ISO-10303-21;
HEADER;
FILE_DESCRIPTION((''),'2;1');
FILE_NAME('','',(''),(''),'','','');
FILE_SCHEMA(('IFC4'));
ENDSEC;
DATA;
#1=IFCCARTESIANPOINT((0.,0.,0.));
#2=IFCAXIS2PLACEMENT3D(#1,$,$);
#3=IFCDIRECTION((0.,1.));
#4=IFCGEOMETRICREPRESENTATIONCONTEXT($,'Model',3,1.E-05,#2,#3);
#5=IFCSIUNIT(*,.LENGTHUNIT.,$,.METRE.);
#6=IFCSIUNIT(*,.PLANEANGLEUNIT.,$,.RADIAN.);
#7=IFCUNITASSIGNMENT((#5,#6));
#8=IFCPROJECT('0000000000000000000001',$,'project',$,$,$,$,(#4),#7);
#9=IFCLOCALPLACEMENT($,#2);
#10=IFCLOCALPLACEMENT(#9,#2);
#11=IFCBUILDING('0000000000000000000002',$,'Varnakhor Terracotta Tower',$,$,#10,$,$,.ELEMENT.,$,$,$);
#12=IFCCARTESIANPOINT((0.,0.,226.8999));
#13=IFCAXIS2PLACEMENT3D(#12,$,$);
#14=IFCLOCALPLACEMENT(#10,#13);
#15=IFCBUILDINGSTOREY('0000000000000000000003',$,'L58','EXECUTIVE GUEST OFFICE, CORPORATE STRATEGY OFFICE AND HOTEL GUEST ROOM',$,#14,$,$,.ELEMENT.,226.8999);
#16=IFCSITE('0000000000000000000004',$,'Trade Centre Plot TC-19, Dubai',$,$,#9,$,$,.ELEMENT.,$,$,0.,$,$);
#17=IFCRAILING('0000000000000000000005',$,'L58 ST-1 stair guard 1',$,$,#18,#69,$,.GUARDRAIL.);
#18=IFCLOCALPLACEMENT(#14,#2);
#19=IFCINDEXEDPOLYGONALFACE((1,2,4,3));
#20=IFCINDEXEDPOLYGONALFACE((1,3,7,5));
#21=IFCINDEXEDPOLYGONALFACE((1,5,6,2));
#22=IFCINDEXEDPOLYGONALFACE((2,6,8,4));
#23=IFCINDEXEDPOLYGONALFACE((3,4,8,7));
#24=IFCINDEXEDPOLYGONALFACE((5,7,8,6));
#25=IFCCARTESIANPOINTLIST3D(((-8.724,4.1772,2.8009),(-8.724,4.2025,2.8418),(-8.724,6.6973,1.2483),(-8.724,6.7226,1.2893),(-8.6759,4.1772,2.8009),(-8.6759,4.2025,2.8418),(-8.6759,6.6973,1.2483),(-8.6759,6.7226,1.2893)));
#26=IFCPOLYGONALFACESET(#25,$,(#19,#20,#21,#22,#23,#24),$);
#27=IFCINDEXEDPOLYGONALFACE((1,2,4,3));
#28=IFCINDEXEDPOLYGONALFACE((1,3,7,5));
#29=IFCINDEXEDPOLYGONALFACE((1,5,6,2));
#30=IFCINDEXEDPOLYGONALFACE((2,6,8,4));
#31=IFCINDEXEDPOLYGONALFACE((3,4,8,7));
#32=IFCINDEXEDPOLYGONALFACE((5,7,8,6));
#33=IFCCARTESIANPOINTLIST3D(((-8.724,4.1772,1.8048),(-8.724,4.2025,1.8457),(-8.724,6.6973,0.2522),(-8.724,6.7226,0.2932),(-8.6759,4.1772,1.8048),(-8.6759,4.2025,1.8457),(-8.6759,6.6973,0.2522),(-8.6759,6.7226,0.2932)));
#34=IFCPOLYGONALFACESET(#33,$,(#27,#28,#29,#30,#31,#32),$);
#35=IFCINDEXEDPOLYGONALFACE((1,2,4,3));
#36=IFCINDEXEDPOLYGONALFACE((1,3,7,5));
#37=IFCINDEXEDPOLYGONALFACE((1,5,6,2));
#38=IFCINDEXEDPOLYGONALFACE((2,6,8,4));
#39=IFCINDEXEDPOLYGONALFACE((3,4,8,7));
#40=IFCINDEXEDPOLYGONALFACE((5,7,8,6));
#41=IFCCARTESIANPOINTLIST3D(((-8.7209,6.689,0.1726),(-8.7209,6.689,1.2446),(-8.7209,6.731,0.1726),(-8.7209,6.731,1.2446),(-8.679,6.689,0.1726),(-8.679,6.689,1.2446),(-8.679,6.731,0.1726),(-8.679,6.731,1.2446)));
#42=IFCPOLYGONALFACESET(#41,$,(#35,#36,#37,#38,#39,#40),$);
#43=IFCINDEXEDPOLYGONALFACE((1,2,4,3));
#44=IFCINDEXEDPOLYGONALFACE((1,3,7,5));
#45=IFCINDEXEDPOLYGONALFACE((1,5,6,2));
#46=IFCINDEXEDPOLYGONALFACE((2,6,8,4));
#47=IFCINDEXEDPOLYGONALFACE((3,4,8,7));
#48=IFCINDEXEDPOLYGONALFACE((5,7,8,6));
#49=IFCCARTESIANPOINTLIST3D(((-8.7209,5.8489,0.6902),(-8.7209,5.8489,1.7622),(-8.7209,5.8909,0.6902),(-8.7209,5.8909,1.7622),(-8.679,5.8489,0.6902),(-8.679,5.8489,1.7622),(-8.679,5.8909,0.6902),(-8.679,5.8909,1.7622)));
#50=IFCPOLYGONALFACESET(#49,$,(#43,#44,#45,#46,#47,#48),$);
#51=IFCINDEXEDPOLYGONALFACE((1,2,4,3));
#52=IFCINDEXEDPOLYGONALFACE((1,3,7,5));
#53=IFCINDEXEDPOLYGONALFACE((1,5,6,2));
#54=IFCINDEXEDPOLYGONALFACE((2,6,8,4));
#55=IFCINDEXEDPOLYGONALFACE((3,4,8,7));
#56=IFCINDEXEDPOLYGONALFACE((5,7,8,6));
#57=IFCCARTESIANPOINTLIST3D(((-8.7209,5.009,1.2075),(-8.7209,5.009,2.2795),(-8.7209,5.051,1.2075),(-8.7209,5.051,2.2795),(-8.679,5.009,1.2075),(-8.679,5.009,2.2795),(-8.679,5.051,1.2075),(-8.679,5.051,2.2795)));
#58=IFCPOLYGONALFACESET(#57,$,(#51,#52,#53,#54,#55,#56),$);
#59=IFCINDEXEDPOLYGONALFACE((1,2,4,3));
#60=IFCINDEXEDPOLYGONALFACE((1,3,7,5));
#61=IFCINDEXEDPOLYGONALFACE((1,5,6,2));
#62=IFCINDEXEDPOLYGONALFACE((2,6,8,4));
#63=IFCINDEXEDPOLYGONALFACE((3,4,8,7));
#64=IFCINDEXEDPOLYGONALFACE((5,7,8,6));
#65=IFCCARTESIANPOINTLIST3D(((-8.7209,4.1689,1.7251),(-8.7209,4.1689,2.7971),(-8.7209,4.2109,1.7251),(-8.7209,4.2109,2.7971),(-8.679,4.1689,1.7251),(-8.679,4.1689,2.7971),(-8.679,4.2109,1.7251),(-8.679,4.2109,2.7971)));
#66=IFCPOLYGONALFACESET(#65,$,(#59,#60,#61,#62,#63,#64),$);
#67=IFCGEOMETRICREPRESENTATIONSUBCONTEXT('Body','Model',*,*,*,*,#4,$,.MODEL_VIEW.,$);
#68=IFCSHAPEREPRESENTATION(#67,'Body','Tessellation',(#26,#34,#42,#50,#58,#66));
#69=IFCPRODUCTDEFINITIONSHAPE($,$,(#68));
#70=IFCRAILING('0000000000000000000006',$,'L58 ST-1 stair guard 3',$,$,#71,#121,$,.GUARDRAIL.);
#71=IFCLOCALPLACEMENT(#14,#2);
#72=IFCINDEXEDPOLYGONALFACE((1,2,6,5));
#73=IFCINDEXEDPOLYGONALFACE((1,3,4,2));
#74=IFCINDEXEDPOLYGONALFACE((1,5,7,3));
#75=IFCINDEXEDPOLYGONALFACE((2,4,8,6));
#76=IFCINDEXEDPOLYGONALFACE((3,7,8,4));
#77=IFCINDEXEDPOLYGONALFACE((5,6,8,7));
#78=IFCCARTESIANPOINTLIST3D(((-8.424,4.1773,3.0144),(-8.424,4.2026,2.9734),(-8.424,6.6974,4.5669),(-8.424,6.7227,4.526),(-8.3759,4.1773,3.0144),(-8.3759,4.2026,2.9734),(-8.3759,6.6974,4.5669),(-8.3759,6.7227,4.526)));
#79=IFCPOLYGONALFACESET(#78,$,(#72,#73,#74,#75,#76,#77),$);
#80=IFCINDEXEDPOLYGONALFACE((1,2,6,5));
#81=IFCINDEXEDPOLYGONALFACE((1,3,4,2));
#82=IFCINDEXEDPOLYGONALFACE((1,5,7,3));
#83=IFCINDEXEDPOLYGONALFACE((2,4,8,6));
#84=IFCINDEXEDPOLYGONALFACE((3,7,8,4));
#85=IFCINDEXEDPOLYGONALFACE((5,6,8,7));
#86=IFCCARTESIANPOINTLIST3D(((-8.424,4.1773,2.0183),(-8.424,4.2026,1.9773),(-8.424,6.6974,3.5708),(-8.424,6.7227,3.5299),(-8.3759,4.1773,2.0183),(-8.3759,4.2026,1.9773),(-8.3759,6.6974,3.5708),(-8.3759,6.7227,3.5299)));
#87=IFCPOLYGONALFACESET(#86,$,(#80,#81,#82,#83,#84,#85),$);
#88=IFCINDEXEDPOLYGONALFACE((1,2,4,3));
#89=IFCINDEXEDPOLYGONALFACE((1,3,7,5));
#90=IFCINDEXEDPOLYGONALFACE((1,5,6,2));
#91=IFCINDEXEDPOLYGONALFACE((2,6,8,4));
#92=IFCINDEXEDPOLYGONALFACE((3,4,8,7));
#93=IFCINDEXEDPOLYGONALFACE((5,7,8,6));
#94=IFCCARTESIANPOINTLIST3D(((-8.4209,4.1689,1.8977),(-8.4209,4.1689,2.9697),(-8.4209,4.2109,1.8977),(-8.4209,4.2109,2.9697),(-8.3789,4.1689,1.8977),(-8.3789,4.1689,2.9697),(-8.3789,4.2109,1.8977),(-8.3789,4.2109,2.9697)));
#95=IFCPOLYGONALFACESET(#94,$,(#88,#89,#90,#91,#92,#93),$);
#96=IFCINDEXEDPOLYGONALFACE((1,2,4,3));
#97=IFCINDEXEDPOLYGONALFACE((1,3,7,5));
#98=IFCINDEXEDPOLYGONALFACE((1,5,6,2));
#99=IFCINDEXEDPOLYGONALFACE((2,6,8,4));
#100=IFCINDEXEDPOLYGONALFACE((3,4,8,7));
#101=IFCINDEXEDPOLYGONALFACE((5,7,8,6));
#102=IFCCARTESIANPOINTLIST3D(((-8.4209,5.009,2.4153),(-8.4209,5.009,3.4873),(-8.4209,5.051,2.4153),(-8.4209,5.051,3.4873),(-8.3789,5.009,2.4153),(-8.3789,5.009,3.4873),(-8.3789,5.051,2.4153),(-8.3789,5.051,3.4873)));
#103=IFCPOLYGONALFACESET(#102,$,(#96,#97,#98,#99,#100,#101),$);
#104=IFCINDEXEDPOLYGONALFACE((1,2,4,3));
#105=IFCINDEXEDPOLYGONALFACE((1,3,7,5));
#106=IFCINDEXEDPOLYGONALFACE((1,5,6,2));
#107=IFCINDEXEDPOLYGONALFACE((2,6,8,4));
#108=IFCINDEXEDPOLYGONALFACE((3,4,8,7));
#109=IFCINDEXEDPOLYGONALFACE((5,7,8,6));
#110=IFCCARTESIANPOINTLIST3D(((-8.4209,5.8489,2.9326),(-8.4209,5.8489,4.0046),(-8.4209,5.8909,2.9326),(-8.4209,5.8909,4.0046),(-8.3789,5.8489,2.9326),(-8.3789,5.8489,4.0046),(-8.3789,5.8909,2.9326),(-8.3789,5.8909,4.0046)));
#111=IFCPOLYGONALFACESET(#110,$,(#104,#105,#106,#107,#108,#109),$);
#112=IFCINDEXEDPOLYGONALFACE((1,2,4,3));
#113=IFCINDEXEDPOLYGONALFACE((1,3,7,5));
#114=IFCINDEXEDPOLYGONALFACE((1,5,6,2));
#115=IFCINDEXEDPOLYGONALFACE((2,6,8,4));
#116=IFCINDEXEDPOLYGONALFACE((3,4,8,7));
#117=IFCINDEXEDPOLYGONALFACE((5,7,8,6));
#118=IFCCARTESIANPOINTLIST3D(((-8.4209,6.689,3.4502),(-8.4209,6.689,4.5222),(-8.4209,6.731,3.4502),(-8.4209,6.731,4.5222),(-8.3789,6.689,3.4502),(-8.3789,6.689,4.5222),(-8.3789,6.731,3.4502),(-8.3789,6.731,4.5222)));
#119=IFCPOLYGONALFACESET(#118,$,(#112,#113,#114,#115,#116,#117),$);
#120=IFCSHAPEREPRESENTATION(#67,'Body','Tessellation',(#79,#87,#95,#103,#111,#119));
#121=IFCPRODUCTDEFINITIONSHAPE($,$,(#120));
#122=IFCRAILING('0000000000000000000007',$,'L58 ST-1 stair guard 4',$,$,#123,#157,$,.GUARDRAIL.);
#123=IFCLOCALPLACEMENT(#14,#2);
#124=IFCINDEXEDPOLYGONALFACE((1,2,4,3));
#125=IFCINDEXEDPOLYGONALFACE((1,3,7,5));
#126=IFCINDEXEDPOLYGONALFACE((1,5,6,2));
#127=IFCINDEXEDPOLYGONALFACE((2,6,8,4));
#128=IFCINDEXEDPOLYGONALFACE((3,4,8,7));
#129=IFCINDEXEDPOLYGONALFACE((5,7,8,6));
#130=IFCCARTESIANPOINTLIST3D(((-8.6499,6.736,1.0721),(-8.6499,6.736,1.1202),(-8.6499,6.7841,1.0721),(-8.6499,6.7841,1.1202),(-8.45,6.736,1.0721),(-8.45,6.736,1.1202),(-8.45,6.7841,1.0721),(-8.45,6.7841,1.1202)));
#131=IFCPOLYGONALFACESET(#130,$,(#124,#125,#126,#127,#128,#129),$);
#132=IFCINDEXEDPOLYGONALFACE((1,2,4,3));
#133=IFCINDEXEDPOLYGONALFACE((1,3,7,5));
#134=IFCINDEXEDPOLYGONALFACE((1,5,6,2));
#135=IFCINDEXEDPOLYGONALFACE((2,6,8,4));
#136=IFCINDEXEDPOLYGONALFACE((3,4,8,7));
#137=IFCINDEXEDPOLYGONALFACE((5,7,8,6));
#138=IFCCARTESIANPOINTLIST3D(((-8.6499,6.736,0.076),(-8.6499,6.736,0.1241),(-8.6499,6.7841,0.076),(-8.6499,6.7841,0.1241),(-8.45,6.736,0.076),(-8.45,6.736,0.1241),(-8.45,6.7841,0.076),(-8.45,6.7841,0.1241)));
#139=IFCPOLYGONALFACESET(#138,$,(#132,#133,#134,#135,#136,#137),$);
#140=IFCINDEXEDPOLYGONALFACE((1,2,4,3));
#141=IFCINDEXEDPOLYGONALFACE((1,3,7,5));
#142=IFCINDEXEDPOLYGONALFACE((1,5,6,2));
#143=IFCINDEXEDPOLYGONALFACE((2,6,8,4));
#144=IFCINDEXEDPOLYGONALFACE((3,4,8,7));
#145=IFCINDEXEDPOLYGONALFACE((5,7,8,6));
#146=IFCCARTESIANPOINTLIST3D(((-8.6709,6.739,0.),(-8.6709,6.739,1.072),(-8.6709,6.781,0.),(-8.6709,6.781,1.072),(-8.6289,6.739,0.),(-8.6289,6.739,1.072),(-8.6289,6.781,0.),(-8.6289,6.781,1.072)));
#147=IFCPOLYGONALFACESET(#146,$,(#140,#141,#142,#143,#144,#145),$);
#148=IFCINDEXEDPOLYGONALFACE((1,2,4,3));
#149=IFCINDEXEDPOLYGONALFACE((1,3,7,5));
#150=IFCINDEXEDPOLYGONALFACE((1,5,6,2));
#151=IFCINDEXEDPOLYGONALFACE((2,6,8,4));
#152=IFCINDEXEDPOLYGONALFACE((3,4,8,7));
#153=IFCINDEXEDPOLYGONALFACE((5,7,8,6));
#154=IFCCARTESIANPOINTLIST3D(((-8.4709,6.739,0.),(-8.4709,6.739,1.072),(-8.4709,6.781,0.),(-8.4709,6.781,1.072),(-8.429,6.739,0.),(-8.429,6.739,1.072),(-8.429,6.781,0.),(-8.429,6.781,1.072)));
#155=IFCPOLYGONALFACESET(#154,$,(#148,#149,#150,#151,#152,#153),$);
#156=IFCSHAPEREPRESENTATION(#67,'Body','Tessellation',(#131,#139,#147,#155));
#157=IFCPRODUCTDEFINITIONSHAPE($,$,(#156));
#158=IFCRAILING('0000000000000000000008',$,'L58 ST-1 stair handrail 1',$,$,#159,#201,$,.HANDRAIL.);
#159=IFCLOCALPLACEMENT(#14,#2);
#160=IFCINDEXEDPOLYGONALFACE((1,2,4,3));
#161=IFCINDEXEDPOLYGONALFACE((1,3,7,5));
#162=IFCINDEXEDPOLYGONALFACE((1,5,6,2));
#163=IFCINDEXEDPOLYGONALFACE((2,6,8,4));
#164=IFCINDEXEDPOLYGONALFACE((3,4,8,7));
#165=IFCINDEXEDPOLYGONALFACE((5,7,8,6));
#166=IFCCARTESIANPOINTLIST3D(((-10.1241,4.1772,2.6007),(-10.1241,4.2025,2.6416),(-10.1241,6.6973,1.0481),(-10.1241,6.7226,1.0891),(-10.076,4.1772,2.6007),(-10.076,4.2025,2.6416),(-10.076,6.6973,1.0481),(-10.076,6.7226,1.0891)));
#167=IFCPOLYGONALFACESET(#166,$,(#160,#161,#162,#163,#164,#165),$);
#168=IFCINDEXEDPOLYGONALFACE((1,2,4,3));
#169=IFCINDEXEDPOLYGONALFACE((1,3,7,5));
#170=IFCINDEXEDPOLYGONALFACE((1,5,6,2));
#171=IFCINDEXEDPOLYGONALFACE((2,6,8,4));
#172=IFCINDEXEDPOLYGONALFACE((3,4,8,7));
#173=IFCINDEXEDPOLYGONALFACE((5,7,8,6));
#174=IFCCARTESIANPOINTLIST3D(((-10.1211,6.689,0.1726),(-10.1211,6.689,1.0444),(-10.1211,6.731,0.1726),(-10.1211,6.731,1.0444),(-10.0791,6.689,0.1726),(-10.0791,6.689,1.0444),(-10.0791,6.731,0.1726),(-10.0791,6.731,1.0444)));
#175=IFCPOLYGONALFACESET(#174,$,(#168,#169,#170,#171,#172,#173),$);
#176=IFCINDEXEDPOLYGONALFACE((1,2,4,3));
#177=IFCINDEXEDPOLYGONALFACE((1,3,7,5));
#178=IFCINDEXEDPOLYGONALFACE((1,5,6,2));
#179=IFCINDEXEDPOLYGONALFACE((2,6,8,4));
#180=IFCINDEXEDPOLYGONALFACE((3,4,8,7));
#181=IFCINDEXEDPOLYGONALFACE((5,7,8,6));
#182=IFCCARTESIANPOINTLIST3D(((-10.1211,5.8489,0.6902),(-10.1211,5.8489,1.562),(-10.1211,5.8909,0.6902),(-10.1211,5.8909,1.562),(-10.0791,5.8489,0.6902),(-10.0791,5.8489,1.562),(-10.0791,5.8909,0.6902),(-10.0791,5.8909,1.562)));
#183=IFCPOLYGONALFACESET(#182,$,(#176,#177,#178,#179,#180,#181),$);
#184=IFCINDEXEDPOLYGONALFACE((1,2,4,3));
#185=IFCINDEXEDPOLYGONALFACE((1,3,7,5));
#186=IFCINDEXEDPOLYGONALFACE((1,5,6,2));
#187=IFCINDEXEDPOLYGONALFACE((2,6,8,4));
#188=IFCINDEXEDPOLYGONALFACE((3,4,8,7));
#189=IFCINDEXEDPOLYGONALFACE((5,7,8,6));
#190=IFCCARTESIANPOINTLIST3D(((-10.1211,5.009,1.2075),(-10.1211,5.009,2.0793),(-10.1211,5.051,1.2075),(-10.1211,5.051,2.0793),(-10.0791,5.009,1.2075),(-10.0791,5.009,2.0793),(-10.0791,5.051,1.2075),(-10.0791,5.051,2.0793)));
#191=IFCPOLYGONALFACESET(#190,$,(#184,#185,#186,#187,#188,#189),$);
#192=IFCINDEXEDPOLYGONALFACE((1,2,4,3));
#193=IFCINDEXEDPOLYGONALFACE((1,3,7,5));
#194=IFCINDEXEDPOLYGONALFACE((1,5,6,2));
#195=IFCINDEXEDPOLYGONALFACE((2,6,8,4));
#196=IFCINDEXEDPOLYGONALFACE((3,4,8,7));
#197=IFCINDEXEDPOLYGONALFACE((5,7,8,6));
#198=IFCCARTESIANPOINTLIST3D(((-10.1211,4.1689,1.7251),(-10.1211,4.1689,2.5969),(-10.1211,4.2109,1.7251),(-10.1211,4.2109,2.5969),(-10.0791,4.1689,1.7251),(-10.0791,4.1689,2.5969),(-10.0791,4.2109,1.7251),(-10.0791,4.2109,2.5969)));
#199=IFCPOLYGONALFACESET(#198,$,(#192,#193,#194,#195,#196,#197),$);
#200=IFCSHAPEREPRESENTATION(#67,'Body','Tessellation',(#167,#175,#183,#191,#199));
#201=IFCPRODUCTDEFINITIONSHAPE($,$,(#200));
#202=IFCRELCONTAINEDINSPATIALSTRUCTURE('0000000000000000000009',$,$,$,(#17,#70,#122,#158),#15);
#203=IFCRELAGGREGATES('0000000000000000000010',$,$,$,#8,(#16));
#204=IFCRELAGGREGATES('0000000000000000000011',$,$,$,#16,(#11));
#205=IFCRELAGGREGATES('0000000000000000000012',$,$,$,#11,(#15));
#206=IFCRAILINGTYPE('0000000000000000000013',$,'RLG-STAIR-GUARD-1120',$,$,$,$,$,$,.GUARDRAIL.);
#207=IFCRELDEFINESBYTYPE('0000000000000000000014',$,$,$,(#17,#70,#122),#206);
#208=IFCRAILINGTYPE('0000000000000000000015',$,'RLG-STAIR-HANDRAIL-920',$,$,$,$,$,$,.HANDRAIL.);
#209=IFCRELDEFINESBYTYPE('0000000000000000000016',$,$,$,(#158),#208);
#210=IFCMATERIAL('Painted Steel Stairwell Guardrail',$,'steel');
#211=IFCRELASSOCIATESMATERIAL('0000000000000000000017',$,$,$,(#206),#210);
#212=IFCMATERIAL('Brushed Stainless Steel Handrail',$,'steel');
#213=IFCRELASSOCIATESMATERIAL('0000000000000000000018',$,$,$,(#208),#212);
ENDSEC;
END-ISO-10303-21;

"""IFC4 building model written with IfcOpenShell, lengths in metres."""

from ifc_helpers import new_model, si_unit, direction, frame, origin, origin_2d, place, context, subcontext, project, spatial, rectangle, extrude, material, type_object, element, save


model = new_model("IFC4")

# Units and contexts
model_context = context("Model", 3, precision=1e-05, world=origin(), true_north=direction((0.0, 1.0)))
body_context = subcontext(model_context, "Body", "Model", "MODEL_VIEW")
ifc_project = project(units=[si_unit("LENGTHUNIT", "METRE"), si_unit("PLANEANGLEUNIT", "RADIAN")], contexts=[model_context])

# Site, building, storey
site_placement = place(None, origin())
site = spatial("IfcSite", under=ifc_project, at=site_placement, Name="Trade Centre Plot TC-19, Dubai", CompositionType="ELEMENT", RefElevation=0.0)
building_placement = place(site_placement, origin())
building = spatial("IfcBuilding", under=site, at=building_placement, Name="Varnakhor Terracotta Tower", CompositionType="ELEMENT")
storey_placement = place(building_placement, frame((0.0, 0.0, 226.8999)))
storey = spatial("IfcBuildingStorey", under=building, at=storey_placement, Name="L58", Description="EXECUTIVE GUEST OFFICE, CORPORATE STRATEGY OFFICE AND HOTEL GUEST ROOM", CompositionType="ELEMENT", Elevation=226.8999)

# Railings
ifc_material_1 = material(Name="Painted Steel Stairwell Guardrail", Category="steel")
railing_type_1 = type_object("IfcRailingType", Name="RLG-STAIR-GUARD-1120", PredefinedType="GUARDRAIL", material=ifc_material_1)
railing_1_placement = place(storey_placement, frame((-8.7, 6.71, 0.1726)))
element("IfcRailing", 1, at=railing_1_placement, inside=storey, type_object=railing_type_1, Name="L58 ST-1 stair guard 1", PredefinedType="GUARDRAIL", context=body_context, shape_type="SweptSolid", body=[
    extrude(rectangle(XDim=0.0481, YDim=0.0481, at=origin_2d()), frame((0.0, 0.0, 1.0962), z_axis=(0.0, -0.8514, 0.524516), x_axis=(1.0, 0.0, 0.0)), (0.0, 0.0, 1.0), 2.96),
    extrude(rectangle(XDim=0.0481, YDim=0.0481, at=origin_2d()), frame((0.0, 0.0, 0.1001), z_axis=(0.0, -0.8514, 0.524516), x_axis=(1.0, 0.0, 0.0)), (0.0, 0.0, 1.0), 2.96),
    extrude(rectangle(XDim=0.042, YDim=0.042, at=origin_2d()), origin(), (0.0, 0.0, 1.0), 1.072),
    extrude(rectangle(XDim=0.042, YDim=0.042, at=origin_2d()), frame((0.0, -0.8401, 0.5176)), (0.0, 0.0, 1.0), 1.072),
    extrude(rectangle(XDim=0.042, YDim=0.042, at=origin_2d()), frame((0.0, -1.6799, 1.0349)), (0.0, 0.0, 1.0), 1.072),
    extrude(rectangle(XDim=0.042, YDim=0.042, at=origin_2d()), frame((0.0, -2.52, 1.5525)), (0.0, 0.0, 1.0), 1.072),
])
railing_2_placement = place(storey_placement, frame((-8.3999, 4.1899, 1.8977)))
element("IfcRailing", 2, at=railing_2_placement, inside=storey, type_object=railing_type_1, Name="L58 ST-1 stair guard 3", PredefinedType="GUARDRAIL", context=body_context, shape_type="SweptSolid", body=[
    extrude(rectangle(XDim=0.0481, YDim=0.0481, at=origin_2d()), frame((0.0, 0.0, 1.0962), z_axis=(0.0, 0.8514, 0.524516), x_axis=(-1.0, 0.0, 0.0)), (0.0, 0.0, 1.0), 2.96),
    extrude(rectangle(XDim=0.0481, YDim=0.0481, at=origin_2d()), frame((0.0, 0.0, 0.1001), z_axis=(0.0, 0.8514, 0.524516), x_axis=(-1.0, 0.0, 0.0)), (0.0, 0.0, 1.0), 2.96),
    extrude(rectangle(XDim=0.042, YDim=0.042, at=origin_2d()), origin(), (0.0, 0.0, 1.0), 1.072),
    extrude(rectangle(XDim=0.042, YDim=0.042, at=origin_2d()), frame((0.0, 0.8401, 0.5176)), (0.0, 0.0, 1.0), 1.072),
    extrude(rectangle(XDim=0.042, YDim=0.042, at=origin_2d()), frame((0.0, 1.6799, 1.0349)), (0.0, 0.0, 1.0), 1.072),
    extrude(rectangle(XDim=0.042, YDim=0.042, at=origin_2d()), frame((0.0, 2.52, 1.5525)), (0.0, 0.0, 1.0), 1.072),
])
railing_3_placement = place(storey_placement, frame((-8.6499, 6.76, 0.0)))
element("IfcRailing", 3, at=railing_3_placement, inside=storey, type_object=railing_type_1, Name="L58 ST-1 stair guard 4", PredefinedType="GUARDRAIL", context=body_context, shape_type="SweptSolid", body=[
    extrude(rectangle(XDim=0.0481, YDim=0.0481, at=origin_2d()), frame((0.0, 0.0, 1.0962), z_axis=(1.0, 0.0, 0.0), x_axis=(0.0, 1.0, 0.0)), (0.0, 0.0, 1.0), 0.2),
    extrude(rectangle(XDim=0.0481, YDim=0.0481, at=origin_2d()), frame((0.0, 0.0, 0.1001), z_axis=(1.0, 0.0, 0.0), x_axis=(0.0, 1.0, 0.0)), (0.0, 0.0, 1.0), 0.2),
    extrude(rectangle(XDim=0.042, YDim=0.042, at=origin_2d()), origin(), (0.0, 0.0, 1.0), 1.072),
    extrude(rectangle(XDim=0.042, YDim=0.042, at=origin_2d()), frame((0.2, 0.0, 0.0)), (0.0, 0.0, 1.0), 1.072),
])
ifc_material_2 = material(Name="Brushed Stainless Steel Handrail", Category="steel")
railing_type_2 = type_object("IfcRailingType", Name="RLG-STAIR-HANDRAIL-920", PredefinedType="HANDRAIL", material=ifc_material_2)
railing_4_placement = place(storey_placement, frame((-10.1001, 6.71, 0.1726)))
element("IfcRailing", 4, at=railing_4_placement, inside=storey, type_object=railing_type_2, Name="L58 ST-1 stair handrail 1", PredefinedType="HANDRAIL", context=body_context, shape_type="SweptSolid", body=[
    extrude(rectangle(XDim=0.0481, YDim=0.0481, at=origin_2d()), frame((0.0, 0.0, 0.896), z_axis=(0.0, -0.8514, 0.524516), x_axis=(1.0, 0.0, 0.0)), (0.0, 0.0, 1.0), 2.96),
    extrude(rectangle(XDim=0.042, YDim=0.042, at=origin_2d()), origin(), (0.0, 0.0, 1.0), 0.8718),
    extrude(rectangle(XDim=0.042, YDim=0.042, at=origin_2d()), frame((0.0, -0.8401, 0.5176)), (0.0, 0.0, 1.0), 0.8718),
    extrude(rectangle(XDim=0.042, YDim=0.042, at=origin_2d()), frame((0.0, -1.6799, 1.0349)), (0.0, 0.0, 1.0), 0.8718),
    extrude(rectangle(XDim=0.042, YDim=0.042, at=origin_2d()), frame((0.0, -2.52, 1.5525)), (0.0, 0.0, 1.0), 0.8718),
])

save(model, "model.ifc")
